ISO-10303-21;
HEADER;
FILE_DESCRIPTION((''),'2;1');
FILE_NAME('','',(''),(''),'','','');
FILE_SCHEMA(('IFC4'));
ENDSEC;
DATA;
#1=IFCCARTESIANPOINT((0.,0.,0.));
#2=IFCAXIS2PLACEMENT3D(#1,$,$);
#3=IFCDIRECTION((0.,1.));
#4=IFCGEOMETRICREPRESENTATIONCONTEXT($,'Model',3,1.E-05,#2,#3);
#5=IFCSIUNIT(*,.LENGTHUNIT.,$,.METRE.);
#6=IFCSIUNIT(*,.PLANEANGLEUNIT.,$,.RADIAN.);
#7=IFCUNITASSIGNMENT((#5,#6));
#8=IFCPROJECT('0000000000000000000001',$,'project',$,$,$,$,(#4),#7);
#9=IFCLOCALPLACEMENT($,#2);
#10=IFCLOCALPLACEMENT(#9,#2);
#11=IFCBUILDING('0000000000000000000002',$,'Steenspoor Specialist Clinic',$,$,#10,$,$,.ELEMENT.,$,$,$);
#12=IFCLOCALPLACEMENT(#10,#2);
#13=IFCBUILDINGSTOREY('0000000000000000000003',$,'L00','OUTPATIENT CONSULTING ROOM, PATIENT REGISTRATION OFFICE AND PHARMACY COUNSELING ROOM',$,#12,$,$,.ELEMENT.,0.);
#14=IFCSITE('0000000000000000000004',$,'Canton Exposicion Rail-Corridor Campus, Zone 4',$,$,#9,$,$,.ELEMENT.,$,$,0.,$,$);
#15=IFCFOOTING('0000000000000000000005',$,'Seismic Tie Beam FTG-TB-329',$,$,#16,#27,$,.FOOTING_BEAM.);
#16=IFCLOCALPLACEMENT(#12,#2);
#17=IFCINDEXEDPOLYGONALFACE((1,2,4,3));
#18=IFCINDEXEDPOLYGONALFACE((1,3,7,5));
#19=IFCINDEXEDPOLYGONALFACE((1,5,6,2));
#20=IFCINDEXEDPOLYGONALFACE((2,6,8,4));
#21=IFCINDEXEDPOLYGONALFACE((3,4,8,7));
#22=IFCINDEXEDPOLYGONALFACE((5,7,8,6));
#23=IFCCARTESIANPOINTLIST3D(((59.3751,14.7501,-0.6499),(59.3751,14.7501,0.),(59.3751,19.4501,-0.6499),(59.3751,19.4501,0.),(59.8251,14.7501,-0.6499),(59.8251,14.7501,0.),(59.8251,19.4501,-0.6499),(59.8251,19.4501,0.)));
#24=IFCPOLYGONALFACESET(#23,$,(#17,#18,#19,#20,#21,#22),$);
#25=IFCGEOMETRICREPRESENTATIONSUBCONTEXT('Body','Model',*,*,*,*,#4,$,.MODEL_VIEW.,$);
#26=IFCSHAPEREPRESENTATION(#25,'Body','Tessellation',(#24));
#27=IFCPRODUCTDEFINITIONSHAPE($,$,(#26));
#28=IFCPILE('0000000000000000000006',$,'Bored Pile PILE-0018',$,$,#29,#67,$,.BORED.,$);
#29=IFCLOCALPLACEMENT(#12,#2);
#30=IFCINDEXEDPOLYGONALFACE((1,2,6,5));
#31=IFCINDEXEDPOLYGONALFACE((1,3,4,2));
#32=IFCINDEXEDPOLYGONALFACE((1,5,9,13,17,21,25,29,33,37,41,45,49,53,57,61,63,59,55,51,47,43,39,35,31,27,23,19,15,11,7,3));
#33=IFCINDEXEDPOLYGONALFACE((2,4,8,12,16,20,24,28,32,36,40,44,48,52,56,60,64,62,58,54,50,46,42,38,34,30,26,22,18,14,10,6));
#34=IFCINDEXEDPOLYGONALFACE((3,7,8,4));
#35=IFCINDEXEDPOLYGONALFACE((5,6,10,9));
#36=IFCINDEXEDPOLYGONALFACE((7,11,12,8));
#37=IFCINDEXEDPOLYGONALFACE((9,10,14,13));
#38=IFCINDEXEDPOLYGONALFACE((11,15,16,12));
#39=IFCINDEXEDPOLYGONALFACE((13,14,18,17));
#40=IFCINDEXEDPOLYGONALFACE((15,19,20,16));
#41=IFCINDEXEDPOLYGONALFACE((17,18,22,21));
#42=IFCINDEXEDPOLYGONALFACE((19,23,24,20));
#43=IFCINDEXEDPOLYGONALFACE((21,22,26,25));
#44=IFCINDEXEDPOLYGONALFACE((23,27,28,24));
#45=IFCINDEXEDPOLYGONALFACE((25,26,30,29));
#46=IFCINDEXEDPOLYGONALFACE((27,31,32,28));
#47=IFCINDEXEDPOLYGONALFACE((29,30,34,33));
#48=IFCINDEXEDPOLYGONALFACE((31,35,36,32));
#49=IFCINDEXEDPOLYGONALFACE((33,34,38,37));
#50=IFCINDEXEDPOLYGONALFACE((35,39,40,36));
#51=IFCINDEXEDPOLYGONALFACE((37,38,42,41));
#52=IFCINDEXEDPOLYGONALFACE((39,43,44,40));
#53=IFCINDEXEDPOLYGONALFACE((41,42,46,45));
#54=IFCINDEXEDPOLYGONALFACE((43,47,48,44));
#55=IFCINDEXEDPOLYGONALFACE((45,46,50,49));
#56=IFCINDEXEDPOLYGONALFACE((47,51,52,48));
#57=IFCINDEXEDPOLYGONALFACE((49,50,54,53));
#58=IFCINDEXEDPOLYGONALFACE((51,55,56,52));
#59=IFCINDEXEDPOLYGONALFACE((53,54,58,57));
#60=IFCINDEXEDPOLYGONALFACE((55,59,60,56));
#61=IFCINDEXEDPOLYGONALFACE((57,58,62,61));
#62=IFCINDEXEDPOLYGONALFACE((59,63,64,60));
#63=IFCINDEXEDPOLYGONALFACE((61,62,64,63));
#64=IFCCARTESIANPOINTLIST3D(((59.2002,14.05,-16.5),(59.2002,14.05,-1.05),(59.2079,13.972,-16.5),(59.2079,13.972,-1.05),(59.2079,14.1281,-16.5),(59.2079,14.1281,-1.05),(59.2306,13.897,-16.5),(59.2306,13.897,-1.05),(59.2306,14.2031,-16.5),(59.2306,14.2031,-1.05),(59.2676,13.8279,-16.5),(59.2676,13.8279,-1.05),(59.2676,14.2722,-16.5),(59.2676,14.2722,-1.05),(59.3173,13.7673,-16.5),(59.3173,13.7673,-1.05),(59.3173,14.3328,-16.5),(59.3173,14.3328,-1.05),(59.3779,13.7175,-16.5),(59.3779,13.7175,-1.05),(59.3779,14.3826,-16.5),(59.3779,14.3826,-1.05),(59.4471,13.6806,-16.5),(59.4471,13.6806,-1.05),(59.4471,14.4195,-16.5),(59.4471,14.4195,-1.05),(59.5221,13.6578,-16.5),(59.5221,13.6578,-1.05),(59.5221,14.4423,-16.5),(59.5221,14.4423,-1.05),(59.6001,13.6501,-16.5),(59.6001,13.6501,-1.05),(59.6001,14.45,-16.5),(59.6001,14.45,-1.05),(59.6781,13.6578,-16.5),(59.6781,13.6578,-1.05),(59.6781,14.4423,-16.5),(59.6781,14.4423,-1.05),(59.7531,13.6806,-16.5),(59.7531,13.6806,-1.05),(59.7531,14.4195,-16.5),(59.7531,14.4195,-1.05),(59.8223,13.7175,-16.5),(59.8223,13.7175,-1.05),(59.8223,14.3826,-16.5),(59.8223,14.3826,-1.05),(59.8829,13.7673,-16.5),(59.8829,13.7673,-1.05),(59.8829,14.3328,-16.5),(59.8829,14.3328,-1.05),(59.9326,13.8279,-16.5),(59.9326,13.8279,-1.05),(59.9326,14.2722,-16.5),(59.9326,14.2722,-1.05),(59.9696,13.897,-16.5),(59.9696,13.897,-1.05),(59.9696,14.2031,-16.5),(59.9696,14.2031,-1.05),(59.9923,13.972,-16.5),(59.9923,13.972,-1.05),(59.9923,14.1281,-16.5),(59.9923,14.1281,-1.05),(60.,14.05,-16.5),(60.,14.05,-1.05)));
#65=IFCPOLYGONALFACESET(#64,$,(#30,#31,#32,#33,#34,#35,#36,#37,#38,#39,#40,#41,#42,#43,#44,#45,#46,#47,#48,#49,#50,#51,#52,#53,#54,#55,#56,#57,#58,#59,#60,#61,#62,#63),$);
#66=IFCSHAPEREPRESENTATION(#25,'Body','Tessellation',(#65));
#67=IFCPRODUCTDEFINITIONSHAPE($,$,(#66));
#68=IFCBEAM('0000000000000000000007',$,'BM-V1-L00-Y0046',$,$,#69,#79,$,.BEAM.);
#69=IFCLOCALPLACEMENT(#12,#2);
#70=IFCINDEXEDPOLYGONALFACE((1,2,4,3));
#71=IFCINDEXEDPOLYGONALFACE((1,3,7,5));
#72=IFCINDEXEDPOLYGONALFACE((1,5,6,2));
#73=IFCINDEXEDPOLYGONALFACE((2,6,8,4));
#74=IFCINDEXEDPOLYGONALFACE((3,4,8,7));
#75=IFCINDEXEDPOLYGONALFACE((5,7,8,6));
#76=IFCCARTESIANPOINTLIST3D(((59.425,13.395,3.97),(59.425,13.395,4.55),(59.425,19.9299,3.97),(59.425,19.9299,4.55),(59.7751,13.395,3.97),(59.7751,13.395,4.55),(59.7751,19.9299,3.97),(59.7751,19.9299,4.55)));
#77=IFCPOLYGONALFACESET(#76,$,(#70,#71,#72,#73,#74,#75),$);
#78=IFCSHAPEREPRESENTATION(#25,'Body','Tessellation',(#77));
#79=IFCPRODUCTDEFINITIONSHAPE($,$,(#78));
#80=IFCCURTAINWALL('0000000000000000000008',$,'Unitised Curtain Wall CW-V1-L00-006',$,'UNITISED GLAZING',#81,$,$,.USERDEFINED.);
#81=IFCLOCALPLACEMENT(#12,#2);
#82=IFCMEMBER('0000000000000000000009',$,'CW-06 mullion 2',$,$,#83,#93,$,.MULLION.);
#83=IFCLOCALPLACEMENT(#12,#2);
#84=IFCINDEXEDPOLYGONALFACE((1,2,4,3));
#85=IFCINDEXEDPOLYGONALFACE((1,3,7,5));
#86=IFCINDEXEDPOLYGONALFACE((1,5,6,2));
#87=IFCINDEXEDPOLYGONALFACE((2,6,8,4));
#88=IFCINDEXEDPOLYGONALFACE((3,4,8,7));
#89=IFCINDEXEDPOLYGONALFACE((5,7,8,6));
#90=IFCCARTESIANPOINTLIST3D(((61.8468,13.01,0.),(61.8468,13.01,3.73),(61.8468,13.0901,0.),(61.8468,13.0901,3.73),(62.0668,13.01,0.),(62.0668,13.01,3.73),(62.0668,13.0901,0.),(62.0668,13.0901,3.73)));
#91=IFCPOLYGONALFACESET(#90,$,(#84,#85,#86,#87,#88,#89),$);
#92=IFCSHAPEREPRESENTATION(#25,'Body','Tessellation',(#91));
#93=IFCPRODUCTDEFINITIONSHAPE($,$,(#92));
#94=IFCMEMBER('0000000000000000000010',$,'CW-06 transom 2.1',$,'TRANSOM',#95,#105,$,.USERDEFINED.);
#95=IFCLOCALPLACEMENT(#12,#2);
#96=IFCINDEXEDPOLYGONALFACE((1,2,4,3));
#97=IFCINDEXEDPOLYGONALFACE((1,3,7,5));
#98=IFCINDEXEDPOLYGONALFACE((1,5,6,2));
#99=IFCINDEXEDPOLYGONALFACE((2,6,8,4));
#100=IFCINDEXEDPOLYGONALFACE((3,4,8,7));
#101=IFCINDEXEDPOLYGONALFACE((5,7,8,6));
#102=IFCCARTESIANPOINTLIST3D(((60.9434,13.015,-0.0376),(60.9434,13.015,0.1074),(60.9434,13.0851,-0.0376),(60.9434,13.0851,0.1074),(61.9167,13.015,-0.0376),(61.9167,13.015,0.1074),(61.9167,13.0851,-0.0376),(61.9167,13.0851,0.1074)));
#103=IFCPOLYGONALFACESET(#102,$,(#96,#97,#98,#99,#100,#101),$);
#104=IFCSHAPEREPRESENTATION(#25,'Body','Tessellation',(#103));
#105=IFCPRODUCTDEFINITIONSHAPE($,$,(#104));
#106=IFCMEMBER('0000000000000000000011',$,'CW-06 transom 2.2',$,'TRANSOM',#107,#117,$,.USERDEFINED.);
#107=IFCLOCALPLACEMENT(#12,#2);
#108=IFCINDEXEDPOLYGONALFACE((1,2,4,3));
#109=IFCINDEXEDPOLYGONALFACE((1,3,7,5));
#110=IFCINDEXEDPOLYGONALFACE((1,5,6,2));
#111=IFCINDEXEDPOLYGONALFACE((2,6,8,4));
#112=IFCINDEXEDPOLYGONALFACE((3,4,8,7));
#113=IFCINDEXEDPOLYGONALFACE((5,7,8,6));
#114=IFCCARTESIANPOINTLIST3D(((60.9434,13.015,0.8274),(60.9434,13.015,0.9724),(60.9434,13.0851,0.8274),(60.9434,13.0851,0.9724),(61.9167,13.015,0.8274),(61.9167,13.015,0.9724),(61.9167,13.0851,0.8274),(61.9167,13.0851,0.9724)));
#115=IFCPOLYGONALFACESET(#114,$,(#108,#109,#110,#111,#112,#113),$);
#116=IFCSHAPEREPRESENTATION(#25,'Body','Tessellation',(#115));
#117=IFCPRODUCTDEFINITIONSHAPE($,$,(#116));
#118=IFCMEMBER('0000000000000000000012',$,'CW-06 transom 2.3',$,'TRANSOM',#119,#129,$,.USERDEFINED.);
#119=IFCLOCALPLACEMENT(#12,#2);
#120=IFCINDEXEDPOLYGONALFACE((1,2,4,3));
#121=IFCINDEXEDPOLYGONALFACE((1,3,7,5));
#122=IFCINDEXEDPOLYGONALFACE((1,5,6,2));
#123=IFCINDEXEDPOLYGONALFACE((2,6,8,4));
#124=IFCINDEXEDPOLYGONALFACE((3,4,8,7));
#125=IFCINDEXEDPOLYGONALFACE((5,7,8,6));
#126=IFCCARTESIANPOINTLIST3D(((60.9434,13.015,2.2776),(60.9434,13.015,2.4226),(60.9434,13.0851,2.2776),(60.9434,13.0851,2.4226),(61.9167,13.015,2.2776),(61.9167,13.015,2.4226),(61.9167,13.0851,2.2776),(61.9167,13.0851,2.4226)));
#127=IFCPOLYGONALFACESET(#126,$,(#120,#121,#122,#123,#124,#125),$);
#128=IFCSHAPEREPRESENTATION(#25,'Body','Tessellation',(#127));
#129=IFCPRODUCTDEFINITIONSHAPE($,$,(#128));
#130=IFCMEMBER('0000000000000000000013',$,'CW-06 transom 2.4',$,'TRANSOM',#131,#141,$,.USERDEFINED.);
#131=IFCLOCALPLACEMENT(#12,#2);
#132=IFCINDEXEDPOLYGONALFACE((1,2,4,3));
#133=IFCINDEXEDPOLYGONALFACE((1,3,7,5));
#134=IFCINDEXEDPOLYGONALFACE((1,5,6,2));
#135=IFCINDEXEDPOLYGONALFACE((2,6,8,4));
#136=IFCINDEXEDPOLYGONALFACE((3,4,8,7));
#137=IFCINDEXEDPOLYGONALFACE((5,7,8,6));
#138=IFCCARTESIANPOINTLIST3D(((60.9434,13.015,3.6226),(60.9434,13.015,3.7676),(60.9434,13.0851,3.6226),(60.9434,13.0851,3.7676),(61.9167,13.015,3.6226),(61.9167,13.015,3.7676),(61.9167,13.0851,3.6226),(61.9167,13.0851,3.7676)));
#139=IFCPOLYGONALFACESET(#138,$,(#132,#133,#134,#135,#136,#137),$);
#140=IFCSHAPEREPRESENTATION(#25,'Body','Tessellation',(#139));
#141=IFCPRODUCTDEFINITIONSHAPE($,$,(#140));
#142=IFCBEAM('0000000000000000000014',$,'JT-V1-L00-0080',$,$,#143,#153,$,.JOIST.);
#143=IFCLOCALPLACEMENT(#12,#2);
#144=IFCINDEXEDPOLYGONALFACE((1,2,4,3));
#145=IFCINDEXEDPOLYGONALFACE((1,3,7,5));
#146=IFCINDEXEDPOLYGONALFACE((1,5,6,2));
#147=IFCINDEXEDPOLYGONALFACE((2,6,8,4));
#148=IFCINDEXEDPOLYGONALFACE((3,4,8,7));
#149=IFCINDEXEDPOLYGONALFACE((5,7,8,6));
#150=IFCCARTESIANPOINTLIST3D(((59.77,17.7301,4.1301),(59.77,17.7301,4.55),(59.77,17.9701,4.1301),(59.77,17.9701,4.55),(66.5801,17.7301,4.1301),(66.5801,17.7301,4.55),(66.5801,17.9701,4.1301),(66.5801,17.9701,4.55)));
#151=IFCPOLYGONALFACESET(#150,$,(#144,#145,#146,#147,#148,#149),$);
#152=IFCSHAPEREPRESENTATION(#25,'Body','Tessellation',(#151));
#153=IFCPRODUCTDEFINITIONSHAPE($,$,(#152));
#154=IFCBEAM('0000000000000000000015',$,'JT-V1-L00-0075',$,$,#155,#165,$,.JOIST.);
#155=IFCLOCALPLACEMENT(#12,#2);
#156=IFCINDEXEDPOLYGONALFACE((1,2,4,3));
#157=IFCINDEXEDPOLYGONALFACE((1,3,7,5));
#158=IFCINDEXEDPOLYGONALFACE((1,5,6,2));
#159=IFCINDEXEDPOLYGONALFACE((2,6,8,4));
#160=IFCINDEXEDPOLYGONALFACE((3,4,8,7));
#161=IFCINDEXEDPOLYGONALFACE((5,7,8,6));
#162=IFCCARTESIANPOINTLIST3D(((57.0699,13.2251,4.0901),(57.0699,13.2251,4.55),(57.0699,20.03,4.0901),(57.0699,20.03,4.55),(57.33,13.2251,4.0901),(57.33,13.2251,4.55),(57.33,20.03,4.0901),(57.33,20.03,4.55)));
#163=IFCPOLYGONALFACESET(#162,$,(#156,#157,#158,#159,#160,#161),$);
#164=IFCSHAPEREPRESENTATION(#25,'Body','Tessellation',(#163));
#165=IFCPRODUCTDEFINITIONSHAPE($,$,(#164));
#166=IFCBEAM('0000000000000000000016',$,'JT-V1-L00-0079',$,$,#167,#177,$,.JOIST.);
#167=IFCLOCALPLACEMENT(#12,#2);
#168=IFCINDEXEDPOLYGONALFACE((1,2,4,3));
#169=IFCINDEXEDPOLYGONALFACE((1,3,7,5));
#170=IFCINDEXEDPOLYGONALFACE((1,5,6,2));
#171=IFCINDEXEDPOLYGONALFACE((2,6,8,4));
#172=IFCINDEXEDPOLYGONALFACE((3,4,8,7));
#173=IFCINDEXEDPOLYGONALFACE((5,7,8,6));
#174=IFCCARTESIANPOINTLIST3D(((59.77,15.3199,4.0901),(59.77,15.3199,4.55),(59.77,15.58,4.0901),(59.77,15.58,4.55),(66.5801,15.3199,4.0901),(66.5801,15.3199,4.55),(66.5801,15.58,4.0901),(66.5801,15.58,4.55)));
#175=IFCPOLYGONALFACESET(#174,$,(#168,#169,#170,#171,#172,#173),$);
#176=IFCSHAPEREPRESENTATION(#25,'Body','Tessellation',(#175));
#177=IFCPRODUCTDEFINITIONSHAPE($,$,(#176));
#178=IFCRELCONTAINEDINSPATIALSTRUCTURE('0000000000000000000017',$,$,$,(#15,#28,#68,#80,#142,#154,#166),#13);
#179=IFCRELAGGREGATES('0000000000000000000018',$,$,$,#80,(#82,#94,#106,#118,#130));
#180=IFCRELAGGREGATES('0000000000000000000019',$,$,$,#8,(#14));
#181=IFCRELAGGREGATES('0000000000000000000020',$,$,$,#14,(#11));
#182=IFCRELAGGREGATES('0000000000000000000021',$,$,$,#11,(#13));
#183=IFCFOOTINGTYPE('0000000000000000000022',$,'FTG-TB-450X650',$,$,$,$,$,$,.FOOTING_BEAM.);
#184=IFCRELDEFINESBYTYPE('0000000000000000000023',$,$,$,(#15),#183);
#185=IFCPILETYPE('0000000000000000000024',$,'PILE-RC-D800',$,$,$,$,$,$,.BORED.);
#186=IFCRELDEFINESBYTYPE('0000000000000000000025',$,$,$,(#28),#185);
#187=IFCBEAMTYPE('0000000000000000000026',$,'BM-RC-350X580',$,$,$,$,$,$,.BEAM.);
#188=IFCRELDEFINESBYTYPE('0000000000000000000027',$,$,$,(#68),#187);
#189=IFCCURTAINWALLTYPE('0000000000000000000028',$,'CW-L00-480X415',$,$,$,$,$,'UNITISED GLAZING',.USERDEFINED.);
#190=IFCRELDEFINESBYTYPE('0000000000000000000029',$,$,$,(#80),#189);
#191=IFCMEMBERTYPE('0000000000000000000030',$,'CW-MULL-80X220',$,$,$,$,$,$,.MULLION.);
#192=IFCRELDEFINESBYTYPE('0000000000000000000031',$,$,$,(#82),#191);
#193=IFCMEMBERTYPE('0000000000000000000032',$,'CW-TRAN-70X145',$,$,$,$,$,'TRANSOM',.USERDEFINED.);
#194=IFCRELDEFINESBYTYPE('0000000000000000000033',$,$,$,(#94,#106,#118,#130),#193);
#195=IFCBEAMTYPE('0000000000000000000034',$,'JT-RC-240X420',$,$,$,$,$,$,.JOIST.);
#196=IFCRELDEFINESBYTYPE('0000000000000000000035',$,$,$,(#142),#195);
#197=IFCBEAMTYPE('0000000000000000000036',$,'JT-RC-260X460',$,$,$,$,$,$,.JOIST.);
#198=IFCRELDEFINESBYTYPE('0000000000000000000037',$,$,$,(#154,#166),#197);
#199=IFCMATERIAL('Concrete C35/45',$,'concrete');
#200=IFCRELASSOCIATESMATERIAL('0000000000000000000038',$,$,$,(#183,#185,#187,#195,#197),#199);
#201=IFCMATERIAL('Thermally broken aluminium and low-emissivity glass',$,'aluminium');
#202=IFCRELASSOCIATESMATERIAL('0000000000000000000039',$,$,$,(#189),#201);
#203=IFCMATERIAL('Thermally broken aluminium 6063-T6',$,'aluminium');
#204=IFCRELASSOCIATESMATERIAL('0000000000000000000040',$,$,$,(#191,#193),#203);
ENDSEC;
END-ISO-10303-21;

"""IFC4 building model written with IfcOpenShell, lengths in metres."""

from ifc_helpers import new_model, si_unit, direction, frame, origin, origin_2d, place, context, subcontext, project, spatial, rectangle, circle, extrude, material, material_profile, profile_set, type_object, element, aggregate, save


model = new_model("IFC4")

# Units and contexts
model_context = context("Model", 3, precision=1e-05, world=origin(), true_north=direction((0.0, 1.0)))
body_context = subcontext(model_context, "Body", "Model", "MODEL_VIEW")
ifc_project = project(units=[si_unit("LENGTHUNIT", "METRE"), si_unit("PLANEANGLEUNIT", "RADIAN")], contexts=[model_context])

# Site, building, storey
site_placement = place(None, origin())
site = spatial("IfcSite", under=ifc_project, at=site_placement, Name="Canton Exposicion Rail-Corridor Campus, Zone 4", CompositionType="ELEMENT", RefElevation=0.0)
building_placement = place(site_placement, origin())
building = spatial("IfcBuilding", under=site, at=building_placement, Name="Steenspoor Specialist Clinic", CompositionType="ELEMENT")
storey_placement = place(building_placement, origin())
storey = spatial("IfcBuildingStorey", under=building, at=storey_placement, Name="L00", Description="OUTPATIENT CONSULTING ROOM, PATIENT REGISTRATION OFFICE AND PHARMACY COUNSELING ROOM", CompositionType="ELEMENT", Elevation=0.0)

# Footing
ifc_material_1 = material(Name="Concrete C35/45", Category="concrete")
footing_type = type_object("IfcFootingType", Name="FTG-TB-450X650", PredefinedType="FOOTING_BEAM", material=ifc_material_1)
footing_placement = place(storey_placement, frame((59.6001, 17.1001, -0.6499), z_axis=(0.0, 0.0, 1.0), x_axis=(1.0, 0.0, 0.0)))
element("IfcFooting", 1, at=footing_placement, inside=storey, type_object=footing_type, Name="Seismic Tie Beam FTG-TB-329", PredefinedType="FOOTING_BEAM", context=body_context, shape_type="SweptSolid", body=[
    extrude(rectangle(XDim=0.45, YDim=4.7, at=origin_2d()), origin(), (0.0, 0.0, 1.0), 0.6499),
])

# Pile
ifc_material_profile_1 = material_profile(ifc_material_1, circle(Radius=0.3999, at=origin_2d()), Name="PILE-D800")
ifc_profile_set_1 = profile_set([ifc_material_profile_1], Name="Concrete C35/45")
pile_type = type_object("IfcPileType", Name="PILE-RC-D800", PredefinedType="BORED", material=ifc_profile_set_1)
pile_placement = place(storey_placement, frame((59.6001, 14.05, -1.05), z_axis=(0.0, 0.0, -1.0), x_axis=(1.0, 0.0, 0.0)))
element("IfcPile", 2, at=pile_placement, inside=storey, type_object=pile_type, Name="Bored Pile PILE-0018", PredefinedType="BORED", context=body_context, shape_type="SweptSolid", body=[
    extrude(circle(Radius=0.3999, at=origin_2d()), origin(), (0.0, 0.0, 1.0), 15.45),
])

# Beam
ifc_material_profile_2 = material_profile(ifc_material_1, rectangle(XDim=0.3501, YDim=0.5801, at=origin_2d()), Name="RC-BM-350X580")
ifc_profile_set_2 = profile_set([ifc_material_profile_2], Name="Concrete C35/45")
beam_type_1 = type_object("IfcBeamType", Name="BM-RC-350X580", PredefinedType="BEAM", material=ifc_profile_set_2)
beam_1_placement = place(storey_placement, frame((59.6001, 13.395, 4.26), z_axis=(0.0, 1.0, 0.0), x_axis=(-1.0, 0.0, 0.0)))
element("IfcBeam", 3, at=beam_1_placement, inside=storey, type_object=beam_type_1, Name="BM-V1-L00-Y0046", PredefinedType="BEAM", context=body_context, shape_type="SweptSolid", body=[
    extrude(rectangle(XDim=0.3501, YDim=0.5801, at=origin_2d()), origin(), (0.0, 0.0, 1.0), 6.5349),
])

# Curtain wall, members
ifc_material_2 = material(Name="Thermally broken aluminium and low-emissivity glass", Category="aluminium")
curtain_wall_type = type_object("IfcCurtainWallType", Name="CW-L00-480X415", ElementType="UNITISED GLAZING", PredefinedType="USERDEFINED", material=ifc_material_2)
curtain_wall_placement = place(storey_placement, origin())
curtain_wall = element("IfcCurtainWall", 4, at=curtain_wall_placement, inside=storey, type_object=curtain_wall_type, Name="Unitised Curtain Wall CW-V1-L00-006", ObjectType="UNITISED GLAZING", PredefinedType="USERDEFINED")
ifc_material_3 = material(Name="Thermally broken aluminium 6063-T6", Category="aluminium")
ifc_material_profile_3 = material_profile(ifc_material_3, rectangle(XDim=0.0801, YDim=0.22, at=origin_2d()), Name="CWM-80X220")
ifc_profile_set_3 = profile_set([ifc_material_profile_3], Name="Thermally broken aluminium 6063-T6")
member_type_1 = type_object("IfcMemberType", Name="CW-MULL-80X220", PredefinedType="MULLION", material=ifc_profile_set_3)
member_1_placement = place(storey_placement, frame((61.9568, 13.05, 0.0), z_axis=(0.0, 0.0, 1.0), x_axis=(0.0, -1.0, 0.0)))
member_1 = element("IfcMember", 5, at=member_1_placement, type_object=member_type_1, Name="CW-06 mullion 2", PredefinedType="MULLION", context=body_context, shape_type="SweptSolid", body=[
    extrude(rectangle(XDim=0.0801, YDim=0.22, at=origin_2d()), origin(), (0.0, 0.0, 1.0), 3.73),
])
ifc_material_profile_4 = material_profile(ifc_material_3, rectangle(XDim=0.0701, YDim=0.145, at=origin_2d()), Name="CWT-70X145")
ifc_profile_set_4 = profile_set([ifc_material_profile_4], Name="Thermally broken aluminium 6063-T6")
member_type_2 = type_object("IfcMemberType", Name="CW-TRAN-70X145", ElementType="TRANSOM", PredefinedType="USERDEFINED", material=ifc_profile_set_4)
member_2_placement = place(storey_placement, frame((61.9167, 13.05, 0.0349), z_axis=(-1.0, 0.0, 0.0), x_axis=(0.0, -1.0, 0.0)))
member_2 = element("IfcMember", 6, at=member_2_placement, type_object=member_type_2, Name="CW-06 transom 2.1", ObjectType="TRANSOM", PredefinedType="USERDEFINED", context=body_context, shape_type="SweptSolid", body=[
    extrude(rectangle(XDim=0.0701, YDim=0.145, at=origin_2d()), origin(), (0.0, 0.0, 1.0), 0.9734),
])
member_3_placement = place(storey_placement, frame((61.9167, 13.05, 0.8999), z_axis=(-1.0, 0.0, 0.0), x_axis=(0.0, -1.0, 0.0)))
member_3 = element("IfcMember", 7, at=member_3_placement, type_object=member_type_2, Name="CW-06 transom 2.2", ObjectType="TRANSOM", PredefinedType="USERDEFINED", context=body_context, shape_type="SweptSolid", body=[
    extrude(rectangle(XDim=0.0701, YDim=0.145, at=origin_2d()), origin(), (0.0, 0.0, 1.0), 0.9734),
])
member_4_placement = place(storey_placement, frame((61.9167, 13.05, 2.3501), z_axis=(-1.0, 0.0, 0.0), x_axis=(0.0, -1.0, 0.0)))
member_4 = element("IfcMember", 8, at=member_4_placement, type_object=member_type_2, Name="CW-06 transom 2.3", ObjectType="TRANSOM", PredefinedType="USERDEFINED", context=body_context, shape_type="SweptSolid", body=[
    extrude(rectangle(XDim=0.0701, YDim=0.145, at=origin_2d()), origin(), (0.0, 0.0, 1.0), 0.9734),
])
member_5_placement = place(storey_placement, frame((61.9167, 13.05, 3.6951), z_axis=(-1.0, 0.0, 0.0), x_axis=(0.0, -1.0, 0.0)))
member_5 = element("IfcMember", 9, at=member_5_placement, type_object=member_type_2, Name="CW-06 transom 2.4", ObjectType="TRANSOM", PredefinedType="USERDEFINED", context=body_context, shape_type="SweptSolid", body=[
    extrude(rectangle(XDim=0.0701, YDim=0.145, at=origin_2d()), origin(), (0.0, 0.0, 1.0), 0.9734),
])

# Beams
ifc_material_profile_5 = material_profile(ifc_material_1, rectangle(XDim=0.24, YDim=0.4199, at=origin_2d()), Name="RC-JT-240X420")
ifc_profile_set_5 = profile_set([ifc_material_profile_5], Name="Concrete C35/45")
beam_type_2 = type_object("IfcBeamType", Name="JT-RC-240X420", PredefinedType="JOIST", material=ifc_profile_set_5)
beam_2_placement = place(storey_placement, frame((59.77, 17.8501, 4.3401), z_axis=(1.0, 0.0, 0.0), x_axis=(0.0, 1.0, 0.0)))
element("IfcBeam", 10, at=beam_2_placement, inside=storey, type_object=beam_type_2, Name="JT-V1-L00-0080", PredefinedType="JOIST", context=body_context, shape_type="SweptSolid", body=[
    extrude(rectangle(XDim=0.24, YDim=0.4199, at=origin_2d()), origin(), (0.0, 0.0, 1.0), 6.8101),
])
ifc_material_profile_6 = material_profile(ifc_material_1, rectangle(XDim=0.26, YDim=0.46, at=origin_2d()), Name="RC-JT-260X460")
ifc_profile_set_6 = profile_set([ifc_material_profile_6], Name="Concrete C35/45")
beam_type_3 = type_object("IfcBeamType", Name="JT-RC-260X460", PredefinedType="JOIST", material=ifc_profile_set_6)
beam_3_placement = place(storey_placement, frame((57.2, 13.2251, 4.3201), z_axis=(0.0, 1.0, 0.0), x_axis=(-1.0, 0.0, 0.0)))
element("IfcBeam", 11, at=beam_3_placement, inside=storey, type_object=beam_type_3, Name="JT-V1-L00-0075", PredefinedType="JOIST", context=body_context, shape_type="SweptSolid", body=[
    extrude(rectangle(XDim=0.26, YDim=0.46, at=origin_2d()), origin(), (0.0, 0.0, 1.0), 6.8049),
])
beam_4_placement = place(storey_placement, frame((59.77, 15.45, 4.3201), z_axis=(1.0, 0.0, 0.0), x_axis=(0.0, 1.0, 0.0)))
element("IfcBeam", 12, at=beam_4_placement, inside=storey, type_object=beam_type_3, Name="JT-V1-L00-0079", PredefinedType="JOIST", context=body_context, shape_type="SweptSolid", body=[
    extrude(rectangle(XDim=0.26, YDim=0.46, at=origin_2d()), origin(), (0.0, 0.0, 1.0), 6.8101),
])

aggregate(curtain_wall, [member_1, member_2, member_3, member_4, member_5])

save(model, "model.ifc")
